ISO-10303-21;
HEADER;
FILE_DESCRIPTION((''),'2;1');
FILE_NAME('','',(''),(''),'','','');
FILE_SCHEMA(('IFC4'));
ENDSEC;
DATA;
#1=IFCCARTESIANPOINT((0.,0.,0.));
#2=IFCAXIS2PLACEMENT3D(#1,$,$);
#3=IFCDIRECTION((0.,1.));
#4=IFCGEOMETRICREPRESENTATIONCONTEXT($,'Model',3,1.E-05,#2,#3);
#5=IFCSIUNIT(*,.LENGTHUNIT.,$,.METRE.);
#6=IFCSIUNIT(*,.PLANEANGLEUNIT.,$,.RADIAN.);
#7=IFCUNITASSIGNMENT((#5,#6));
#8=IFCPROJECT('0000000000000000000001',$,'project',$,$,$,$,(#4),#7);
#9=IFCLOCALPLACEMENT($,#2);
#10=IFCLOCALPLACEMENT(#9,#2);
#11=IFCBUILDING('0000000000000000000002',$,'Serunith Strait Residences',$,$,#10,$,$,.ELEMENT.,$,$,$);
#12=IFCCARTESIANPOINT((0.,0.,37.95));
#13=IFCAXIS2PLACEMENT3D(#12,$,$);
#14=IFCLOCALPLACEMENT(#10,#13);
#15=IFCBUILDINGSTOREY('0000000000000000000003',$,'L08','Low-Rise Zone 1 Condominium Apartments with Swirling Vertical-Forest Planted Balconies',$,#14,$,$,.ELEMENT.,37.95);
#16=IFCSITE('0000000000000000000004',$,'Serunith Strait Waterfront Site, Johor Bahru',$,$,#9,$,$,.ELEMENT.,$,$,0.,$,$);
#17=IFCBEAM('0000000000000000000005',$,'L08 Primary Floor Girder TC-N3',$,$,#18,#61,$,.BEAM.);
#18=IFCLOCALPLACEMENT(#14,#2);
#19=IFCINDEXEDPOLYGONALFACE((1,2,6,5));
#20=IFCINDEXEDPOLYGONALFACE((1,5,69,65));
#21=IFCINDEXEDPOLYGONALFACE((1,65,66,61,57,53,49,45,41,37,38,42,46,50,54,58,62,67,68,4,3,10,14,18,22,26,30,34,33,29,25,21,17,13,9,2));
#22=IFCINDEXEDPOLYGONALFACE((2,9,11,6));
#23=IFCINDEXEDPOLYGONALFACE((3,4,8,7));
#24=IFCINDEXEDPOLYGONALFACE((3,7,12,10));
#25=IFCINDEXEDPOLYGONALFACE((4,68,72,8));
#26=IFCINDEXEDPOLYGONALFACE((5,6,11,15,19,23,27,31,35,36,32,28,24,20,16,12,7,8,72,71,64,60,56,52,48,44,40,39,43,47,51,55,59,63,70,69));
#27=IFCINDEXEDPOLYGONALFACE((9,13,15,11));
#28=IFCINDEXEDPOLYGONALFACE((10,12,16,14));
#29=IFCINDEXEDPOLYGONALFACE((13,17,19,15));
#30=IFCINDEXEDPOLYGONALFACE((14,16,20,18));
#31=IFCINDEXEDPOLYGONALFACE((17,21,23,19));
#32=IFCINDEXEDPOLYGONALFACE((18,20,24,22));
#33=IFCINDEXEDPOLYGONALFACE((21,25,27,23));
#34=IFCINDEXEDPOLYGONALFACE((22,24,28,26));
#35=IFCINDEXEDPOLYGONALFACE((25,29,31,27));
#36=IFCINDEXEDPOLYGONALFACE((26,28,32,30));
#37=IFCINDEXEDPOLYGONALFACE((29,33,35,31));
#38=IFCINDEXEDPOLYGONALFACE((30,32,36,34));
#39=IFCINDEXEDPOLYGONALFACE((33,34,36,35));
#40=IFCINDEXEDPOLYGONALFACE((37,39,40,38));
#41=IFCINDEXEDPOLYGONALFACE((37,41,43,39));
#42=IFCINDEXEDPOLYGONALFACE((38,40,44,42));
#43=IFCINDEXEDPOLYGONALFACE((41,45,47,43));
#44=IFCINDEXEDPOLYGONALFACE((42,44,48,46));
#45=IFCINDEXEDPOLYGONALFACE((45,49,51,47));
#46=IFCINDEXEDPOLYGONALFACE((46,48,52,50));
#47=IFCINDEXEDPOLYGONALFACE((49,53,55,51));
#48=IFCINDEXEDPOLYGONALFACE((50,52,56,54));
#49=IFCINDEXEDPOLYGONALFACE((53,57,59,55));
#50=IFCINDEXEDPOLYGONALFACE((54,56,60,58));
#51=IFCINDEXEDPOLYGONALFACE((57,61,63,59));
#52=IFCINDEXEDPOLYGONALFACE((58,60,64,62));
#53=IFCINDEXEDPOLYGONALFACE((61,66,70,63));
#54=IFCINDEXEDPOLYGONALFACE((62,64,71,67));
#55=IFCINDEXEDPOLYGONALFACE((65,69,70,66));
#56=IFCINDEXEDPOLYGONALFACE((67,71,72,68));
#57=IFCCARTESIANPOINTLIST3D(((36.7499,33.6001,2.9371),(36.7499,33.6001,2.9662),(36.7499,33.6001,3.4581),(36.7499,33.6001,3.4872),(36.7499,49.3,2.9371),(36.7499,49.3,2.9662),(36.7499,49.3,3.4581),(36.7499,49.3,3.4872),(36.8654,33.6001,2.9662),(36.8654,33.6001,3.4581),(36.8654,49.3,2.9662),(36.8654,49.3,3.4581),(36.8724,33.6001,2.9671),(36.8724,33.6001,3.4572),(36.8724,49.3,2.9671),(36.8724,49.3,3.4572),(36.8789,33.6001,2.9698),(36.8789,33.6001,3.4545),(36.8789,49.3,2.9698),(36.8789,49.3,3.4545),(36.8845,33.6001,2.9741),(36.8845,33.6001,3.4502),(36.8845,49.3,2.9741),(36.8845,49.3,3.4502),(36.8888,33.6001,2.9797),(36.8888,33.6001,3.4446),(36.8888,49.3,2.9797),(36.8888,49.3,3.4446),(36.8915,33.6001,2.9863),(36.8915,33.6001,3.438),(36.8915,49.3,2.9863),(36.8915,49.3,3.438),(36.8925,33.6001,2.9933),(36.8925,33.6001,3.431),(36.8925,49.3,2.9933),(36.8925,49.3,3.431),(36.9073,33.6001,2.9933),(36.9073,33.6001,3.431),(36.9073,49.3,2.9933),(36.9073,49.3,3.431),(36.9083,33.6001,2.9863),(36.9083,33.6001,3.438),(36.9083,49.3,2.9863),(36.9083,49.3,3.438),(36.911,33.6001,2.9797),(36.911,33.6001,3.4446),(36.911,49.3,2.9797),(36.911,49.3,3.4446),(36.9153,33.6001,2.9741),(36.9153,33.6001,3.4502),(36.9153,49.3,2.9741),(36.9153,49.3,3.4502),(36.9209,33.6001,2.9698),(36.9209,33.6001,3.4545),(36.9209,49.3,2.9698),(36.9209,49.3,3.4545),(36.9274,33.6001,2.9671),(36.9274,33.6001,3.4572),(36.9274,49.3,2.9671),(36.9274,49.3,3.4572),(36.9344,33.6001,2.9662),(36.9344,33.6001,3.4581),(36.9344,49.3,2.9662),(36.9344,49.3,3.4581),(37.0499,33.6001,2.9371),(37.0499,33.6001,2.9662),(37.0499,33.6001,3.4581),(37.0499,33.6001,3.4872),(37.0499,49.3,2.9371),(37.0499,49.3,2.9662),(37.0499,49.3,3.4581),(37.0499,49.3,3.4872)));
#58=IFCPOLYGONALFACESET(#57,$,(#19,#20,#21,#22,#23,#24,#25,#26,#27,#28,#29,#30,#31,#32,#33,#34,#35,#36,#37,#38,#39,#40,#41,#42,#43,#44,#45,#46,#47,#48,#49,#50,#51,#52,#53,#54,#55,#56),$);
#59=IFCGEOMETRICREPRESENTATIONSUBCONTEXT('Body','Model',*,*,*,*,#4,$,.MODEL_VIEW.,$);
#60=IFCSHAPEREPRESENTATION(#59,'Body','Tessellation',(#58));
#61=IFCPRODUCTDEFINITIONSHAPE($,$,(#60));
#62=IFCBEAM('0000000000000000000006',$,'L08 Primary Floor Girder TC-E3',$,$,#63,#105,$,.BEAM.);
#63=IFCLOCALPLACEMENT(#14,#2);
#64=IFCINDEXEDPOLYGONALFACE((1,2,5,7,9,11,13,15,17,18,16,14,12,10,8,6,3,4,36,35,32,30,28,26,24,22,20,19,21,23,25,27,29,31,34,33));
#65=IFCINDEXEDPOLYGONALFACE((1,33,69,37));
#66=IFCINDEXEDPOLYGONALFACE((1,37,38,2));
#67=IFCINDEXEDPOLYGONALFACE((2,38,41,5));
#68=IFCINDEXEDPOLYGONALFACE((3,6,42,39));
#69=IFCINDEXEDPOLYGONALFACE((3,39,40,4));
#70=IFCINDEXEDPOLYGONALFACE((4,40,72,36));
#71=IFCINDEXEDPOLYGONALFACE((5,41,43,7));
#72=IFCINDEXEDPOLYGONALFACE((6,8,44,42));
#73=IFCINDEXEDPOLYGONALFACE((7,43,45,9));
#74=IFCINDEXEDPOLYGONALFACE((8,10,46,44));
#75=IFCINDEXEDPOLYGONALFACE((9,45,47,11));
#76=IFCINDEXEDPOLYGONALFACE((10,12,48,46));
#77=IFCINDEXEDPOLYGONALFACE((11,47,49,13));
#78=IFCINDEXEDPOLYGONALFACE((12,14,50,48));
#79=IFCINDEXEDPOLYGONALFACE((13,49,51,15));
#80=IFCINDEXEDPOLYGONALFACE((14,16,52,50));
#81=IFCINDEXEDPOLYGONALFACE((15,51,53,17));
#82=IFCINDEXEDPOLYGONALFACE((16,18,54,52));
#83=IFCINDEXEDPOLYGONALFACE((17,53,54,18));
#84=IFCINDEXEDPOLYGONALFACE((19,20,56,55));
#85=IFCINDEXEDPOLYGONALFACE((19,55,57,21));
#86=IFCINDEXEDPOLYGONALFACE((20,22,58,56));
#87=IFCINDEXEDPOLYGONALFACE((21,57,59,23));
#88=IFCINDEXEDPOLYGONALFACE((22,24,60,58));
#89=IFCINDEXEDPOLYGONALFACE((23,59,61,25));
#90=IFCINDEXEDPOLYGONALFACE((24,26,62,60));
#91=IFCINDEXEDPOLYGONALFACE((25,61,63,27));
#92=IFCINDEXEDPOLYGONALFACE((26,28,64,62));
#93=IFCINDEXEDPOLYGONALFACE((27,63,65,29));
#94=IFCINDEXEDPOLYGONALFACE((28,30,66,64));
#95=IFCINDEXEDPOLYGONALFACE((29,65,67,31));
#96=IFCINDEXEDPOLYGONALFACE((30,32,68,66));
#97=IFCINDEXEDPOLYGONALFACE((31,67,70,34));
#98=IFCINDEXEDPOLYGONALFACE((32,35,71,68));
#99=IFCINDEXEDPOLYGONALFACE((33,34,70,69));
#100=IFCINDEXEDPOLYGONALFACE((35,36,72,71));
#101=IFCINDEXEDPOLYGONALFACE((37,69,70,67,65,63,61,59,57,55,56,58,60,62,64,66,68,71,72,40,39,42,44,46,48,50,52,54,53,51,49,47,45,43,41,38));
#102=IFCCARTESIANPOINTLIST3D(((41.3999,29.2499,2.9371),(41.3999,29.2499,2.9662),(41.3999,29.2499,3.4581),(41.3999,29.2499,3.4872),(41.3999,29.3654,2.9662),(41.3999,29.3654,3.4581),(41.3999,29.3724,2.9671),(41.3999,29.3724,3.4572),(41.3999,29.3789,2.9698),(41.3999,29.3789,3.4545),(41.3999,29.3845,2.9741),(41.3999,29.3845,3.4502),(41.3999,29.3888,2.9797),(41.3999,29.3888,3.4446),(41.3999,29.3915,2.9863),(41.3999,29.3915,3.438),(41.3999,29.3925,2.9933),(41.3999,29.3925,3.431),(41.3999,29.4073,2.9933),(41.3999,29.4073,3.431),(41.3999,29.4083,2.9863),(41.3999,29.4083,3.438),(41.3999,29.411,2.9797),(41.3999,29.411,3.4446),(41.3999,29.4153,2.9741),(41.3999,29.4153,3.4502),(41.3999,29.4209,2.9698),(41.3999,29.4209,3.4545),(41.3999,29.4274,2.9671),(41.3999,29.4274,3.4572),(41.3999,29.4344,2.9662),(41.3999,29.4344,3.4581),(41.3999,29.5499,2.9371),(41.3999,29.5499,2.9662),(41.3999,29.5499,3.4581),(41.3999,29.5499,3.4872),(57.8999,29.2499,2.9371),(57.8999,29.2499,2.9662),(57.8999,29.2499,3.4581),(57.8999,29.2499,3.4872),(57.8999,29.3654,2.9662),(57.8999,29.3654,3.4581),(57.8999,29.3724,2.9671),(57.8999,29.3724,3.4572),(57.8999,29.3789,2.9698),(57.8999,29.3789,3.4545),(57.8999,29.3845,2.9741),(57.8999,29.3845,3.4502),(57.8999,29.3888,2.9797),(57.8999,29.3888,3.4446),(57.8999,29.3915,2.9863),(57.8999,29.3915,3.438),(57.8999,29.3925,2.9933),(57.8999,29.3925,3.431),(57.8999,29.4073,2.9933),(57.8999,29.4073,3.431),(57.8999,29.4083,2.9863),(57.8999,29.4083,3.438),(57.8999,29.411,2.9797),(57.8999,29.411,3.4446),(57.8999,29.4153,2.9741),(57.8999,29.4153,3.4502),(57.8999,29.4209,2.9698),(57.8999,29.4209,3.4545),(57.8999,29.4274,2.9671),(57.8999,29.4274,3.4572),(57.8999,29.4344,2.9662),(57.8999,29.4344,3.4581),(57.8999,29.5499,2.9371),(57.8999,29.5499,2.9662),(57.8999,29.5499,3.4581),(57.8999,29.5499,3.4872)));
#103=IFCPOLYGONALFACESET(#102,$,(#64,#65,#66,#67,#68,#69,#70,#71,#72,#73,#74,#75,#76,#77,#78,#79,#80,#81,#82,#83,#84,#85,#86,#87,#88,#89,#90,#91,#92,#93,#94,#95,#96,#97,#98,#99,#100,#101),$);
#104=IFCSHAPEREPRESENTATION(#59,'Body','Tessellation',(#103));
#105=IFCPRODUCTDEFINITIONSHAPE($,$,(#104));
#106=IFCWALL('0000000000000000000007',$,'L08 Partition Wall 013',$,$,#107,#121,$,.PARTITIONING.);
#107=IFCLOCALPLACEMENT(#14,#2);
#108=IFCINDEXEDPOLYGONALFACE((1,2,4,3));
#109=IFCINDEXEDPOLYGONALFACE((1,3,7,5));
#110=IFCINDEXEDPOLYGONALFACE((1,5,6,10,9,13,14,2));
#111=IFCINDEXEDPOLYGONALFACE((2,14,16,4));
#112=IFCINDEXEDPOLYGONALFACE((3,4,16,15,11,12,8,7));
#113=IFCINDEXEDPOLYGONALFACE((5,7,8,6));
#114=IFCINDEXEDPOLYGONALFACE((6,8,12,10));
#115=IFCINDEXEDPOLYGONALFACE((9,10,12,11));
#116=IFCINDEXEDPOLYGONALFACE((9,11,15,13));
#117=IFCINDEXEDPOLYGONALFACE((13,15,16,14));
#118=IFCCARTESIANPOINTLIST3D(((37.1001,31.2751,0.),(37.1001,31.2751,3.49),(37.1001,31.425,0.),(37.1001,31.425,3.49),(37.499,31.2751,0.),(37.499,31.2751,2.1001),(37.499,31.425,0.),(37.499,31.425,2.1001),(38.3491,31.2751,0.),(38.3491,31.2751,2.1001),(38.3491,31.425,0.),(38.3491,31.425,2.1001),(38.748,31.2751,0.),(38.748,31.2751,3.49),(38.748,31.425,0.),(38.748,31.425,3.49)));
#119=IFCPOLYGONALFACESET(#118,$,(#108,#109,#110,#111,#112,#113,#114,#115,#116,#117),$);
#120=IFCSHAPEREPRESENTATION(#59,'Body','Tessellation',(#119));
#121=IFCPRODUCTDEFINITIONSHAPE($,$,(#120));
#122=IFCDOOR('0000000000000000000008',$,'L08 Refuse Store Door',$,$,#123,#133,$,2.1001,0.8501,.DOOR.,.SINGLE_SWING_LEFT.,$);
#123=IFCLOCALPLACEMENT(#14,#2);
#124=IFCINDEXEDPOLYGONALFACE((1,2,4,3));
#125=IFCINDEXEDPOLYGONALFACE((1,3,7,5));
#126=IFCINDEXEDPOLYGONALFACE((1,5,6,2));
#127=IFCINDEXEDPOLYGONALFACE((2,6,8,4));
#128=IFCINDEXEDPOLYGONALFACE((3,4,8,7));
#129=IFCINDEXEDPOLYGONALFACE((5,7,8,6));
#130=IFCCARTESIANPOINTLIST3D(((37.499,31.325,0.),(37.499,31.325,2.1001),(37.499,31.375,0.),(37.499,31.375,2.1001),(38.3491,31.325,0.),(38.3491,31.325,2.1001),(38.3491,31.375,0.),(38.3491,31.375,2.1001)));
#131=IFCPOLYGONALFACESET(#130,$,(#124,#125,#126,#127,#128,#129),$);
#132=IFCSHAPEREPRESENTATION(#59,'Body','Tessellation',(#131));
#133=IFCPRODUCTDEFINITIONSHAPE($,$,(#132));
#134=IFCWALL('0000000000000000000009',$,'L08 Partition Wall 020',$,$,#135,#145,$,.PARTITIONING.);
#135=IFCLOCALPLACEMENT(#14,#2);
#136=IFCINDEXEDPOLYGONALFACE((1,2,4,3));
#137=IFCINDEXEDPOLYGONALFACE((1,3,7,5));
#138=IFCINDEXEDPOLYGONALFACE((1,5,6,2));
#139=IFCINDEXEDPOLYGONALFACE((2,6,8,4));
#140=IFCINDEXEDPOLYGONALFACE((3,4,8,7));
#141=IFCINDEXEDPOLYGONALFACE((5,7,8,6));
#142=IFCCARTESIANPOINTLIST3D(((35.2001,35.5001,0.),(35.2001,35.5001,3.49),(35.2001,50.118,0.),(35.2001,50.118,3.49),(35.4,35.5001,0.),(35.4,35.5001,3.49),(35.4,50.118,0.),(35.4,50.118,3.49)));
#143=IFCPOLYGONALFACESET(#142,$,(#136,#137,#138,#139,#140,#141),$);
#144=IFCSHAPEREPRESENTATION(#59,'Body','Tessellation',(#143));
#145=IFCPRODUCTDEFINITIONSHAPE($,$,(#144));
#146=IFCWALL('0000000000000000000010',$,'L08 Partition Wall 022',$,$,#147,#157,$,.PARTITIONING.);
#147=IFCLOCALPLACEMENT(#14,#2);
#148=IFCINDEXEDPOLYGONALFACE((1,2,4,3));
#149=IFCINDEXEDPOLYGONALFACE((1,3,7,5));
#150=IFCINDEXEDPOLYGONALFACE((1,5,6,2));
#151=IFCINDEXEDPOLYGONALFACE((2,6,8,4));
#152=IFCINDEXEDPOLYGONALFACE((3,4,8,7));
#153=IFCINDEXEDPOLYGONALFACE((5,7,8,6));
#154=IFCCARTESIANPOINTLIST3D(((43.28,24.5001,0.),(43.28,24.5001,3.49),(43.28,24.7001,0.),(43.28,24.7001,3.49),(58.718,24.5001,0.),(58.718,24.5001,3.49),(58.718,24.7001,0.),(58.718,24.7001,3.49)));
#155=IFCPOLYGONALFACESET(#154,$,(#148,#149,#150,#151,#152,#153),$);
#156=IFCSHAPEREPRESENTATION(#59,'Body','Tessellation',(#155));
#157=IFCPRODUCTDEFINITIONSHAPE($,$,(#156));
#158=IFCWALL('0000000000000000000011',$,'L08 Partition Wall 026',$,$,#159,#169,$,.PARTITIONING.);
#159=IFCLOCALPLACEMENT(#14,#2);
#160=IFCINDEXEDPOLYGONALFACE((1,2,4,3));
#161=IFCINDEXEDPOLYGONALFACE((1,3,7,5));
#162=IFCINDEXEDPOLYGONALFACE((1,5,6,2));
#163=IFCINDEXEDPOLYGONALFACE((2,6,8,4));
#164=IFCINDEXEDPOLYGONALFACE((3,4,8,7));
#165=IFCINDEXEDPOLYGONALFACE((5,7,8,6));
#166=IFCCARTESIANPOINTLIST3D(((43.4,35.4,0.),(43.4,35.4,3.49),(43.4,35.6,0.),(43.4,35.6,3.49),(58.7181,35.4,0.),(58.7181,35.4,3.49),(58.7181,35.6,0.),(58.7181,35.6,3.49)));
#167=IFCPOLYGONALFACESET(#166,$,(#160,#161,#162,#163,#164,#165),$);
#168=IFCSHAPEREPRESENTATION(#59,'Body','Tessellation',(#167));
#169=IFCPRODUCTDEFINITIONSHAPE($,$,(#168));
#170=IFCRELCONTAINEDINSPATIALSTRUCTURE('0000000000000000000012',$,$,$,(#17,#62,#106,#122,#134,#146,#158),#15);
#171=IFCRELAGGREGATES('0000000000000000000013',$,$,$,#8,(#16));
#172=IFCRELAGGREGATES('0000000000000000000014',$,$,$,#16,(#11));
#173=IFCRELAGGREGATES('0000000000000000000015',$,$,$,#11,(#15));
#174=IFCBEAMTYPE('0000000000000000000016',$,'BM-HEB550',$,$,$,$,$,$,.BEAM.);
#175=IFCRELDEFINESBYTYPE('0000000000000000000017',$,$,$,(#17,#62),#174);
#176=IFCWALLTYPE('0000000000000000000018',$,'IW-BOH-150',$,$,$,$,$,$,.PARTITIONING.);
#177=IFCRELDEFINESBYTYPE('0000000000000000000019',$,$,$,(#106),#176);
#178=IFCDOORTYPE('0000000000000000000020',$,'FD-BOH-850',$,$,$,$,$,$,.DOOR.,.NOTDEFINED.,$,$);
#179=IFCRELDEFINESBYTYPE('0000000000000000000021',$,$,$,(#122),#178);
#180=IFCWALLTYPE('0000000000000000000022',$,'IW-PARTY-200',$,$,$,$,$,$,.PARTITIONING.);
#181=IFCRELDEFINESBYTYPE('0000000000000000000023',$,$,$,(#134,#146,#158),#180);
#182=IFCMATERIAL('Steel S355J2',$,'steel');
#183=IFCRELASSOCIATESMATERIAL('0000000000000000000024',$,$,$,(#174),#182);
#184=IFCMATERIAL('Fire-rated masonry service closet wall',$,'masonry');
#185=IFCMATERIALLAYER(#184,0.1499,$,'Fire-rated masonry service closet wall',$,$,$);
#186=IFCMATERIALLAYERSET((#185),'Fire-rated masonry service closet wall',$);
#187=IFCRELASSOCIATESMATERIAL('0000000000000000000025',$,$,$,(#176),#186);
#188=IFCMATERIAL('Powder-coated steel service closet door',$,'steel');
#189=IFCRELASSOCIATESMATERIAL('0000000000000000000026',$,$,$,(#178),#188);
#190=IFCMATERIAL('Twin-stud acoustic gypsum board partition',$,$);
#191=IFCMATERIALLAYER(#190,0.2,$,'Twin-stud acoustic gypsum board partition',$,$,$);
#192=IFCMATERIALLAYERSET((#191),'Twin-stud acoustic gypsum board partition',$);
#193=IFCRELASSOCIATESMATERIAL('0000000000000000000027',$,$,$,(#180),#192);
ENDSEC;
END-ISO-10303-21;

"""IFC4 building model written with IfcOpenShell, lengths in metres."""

from ifc_helpers import new_model, si_unit, direction, frame, frame_2d, origin, origin_2d, place, context, subcontext, project, spatial, rectangle, i_section, extrude, source, transform, mapped, material, layer, layer_set, material_profile, profile_set, type_object, element, fill, save


model = new_model("IFC4")

# Units and contexts
model_context = context("Model", 3, precision=1e-05, world=origin(), true_north=direction((0.0, 1.0)))
body_context = subcontext(model_context, "Body", "Model", "MODEL_VIEW")
ifc_project = project(units=[si_unit("LENGTHUNIT", "METRE"), si_unit("PLANEANGLEUNIT", "RADIAN")], contexts=[model_context])

# Site, building, storey
site_placement = place(None, origin())
site = spatial("IfcSite", under=ifc_project, at=site_placement, Name="Serunith Strait Waterfront Site, Johor Bahru", CompositionType="ELEMENT", RefElevation=0.0)
building_placement = place(site_placement, origin())
building = spatial("IfcBuilding", under=site, at=building_placement, Name="Serunith Strait Residences", CompositionType="ELEMENT")
storey_placement = place(building_placement, frame((0.0, 0.0, 37.95)))
storey = spatial("IfcBuildingStorey", under=building, at=storey_placement, Name="L08", Description="Low-Rise Zone 1 Condominium Apartments with Swirling Vertical-Forest Planted Balconies", CompositionType="ELEMENT", Elevation=37.95)

# Beams
ifc_material_1 = material(Name="Steel S355J2", Category="steel")
ifc_material_profile = material_profile(ifc_material_1, i_section(OverallWidth=0.3, OverallDepth=0.55, WebThickness=0.0149, FlangeThickness=0.0291, FilletRadius=0.0271, at=origin_2d()), Name="HEB 550")
ifc_profile_set = profile_set([ifc_material_profile], Name="Steel S355J2")
beam_type = type_object("IfcBeamType", Name="BM-HEB550", PredefinedType="BEAM", material=ifc_profile_set)
shared_shape_1 = source(origin(), body_context, "Body", "SweptSolid", [
    extrude(i_section(OverallWidth=0.3, OverallDepth=0.55, WebThickness=0.0149, FlangeThickness=0.0291, FilletRadius=0.0271, at=origin_2d()), origin(), (0.0, 0.0, 1.0), 15.7),
])
beam_1_placement = place(storey_placement, frame((36.8999, 33.6001, 3.2122), z_axis=(0.0, 1.0, 0.0), x_axis=(-1.0, 0.0, 0.0)))
element("IfcBeam", 1, at=beam_1_placement, inside=storey, type_object=beam_type, Name="L08 Primary Floor Girder TC-N3", PredefinedType="BEAM", context=body_context, shape_type="MappedRepresentation", body=[
    mapped(shared_shape_1, transform((0.0, 0.0, 0.0), scale=1.0)),
])
shared_shape_2 = source(origin(), body_context, "Body", "SweptSolid", [
    extrude(i_section(OverallWidth=0.3, OverallDepth=0.55, WebThickness=0.0149, FlangeThickness=0.0291, FilletRadius=0.0271, at=origin_2d()), origin(), (0.0, 0.0, 1.0), 16.5),
])
beam_2_placement = place(storey_placement, frame((41.3999, 29.3999, 3.2122), z_axis=(1.0, 0.0, 0.0), x_axis=(0.0, 1.0, 0.0)))
element("IfcBeam", 2, at=beam_2_placement, inside=storey, type_object=beam_type, Name="L08 Primary Floor Girder TC-E3", PredefinedType="BEAM", context=body_context, shape_type="MappedRepresentation", body=[
    mapped(shared_shape_2, transform((0.0, 0.0, 0.0), scale=1.0)),
])

# Wall, opening, door
ifc_material_2 = material(Name="Fire-rated masonry service closet wall", Category="masonry")
ifc_layer_1 = layer(ifc_material_2, 0.1499, Name="Fire-rated masonry service closet wall")
ifc_layer_set_1 = layer_set([ifc_layer_1], Name="Fire-rated masonry service closet wall")
wall_type_1 = type_object("IfcWallType", Name="IW-BOH-150", PredefinedType="PARTITIONING", material=ifc_layer_set_1)
wall_1_placement = place(storey_placement, frame((37.1001, 31.3501, 0.0), z_axis=(0.0, 0.0, 1.0), x_axis=(1.0, 0.0, 0.0)))
wall_1 = element("IfcWall", 3, at=wall_1_placement, inside=storey, type_object=wall_type_1, Name="L08 Partition Wall 013", PredefinedType="PARTITIONING", context=body_context, shape_type="SweptSolid", body=[
    extrude(rectangle(XDim=1.6479, YDim=0.1499, at=frame_2d((0.824, 0.0))), origin(), (0.0, 0.0, 1.0), 3.49),
])
opening_1_placement = place(wall_1_placement, frame((0.3989, 0.0, 0.0)))
opening_1 = element("IfcOpeningElement", 4, at=opening_1_placement, cuts=wall_1, PredefinedType="OPENING", context=body_context, shape_type="SweptSolid", body=[
    extrude(rectangle(XDim=0.8501, YDim=2.1001, at=frame_2d((0.425, 1.05))), frame((0.0, 0.085, 0.0), z_axis=(0.0, -1.0, 0.0), x_axis=(1.0, 0.0, 0.0)), (0.0, 0.0, 1.0), 0.1699),
])
ifc_material_3 = material(Name="Powder-coated steel service closet door", Category="steel")
door_type_1 = type_object("IfcDoorType", Name="FD-BOH-850", OperationType="NOTDEFINED", PredefinedType="DOOR", material=ifc_material_3)
shared_shape_3 = source(origin(), body_context, "Body", "SweptSolid", [
    extrude(rectangle(XDim=0.8501, YDim=2.1001, at=frame_2d((0.425, 1.05))), frame((0.0, 0.0249, 0.0), z_axis=(0.0, -1.0, 0.0), x_axis=(1.0, 0.0, 0.0)), (0.0, 0.0, 1.0), 0.05),
])
door_1_placement = place(opening_1_placement, origin())
door_1 = element("IfcDoor", 5, at=door_1_placement, inside=storey, type_object=door_type_1, Name="L08 Refuse Store Door", OperationType="SINGLE_SWING_LEFT", OverallHeight=2.1001, OverallWidth=0.8501, PredefinedType="DOOR", context=body_context, shape_type="MappedRepresentation", body=[
    mapped(shared_shape_3, transform((0.0, 0.0, 0.0), scale=1.0)),
])
fill(opening_1, door_1)

# Walls
ifc_material_4 = material(Name="Twin-stud acoustic gypsum board partition")
ifc_layer_2 = layer(ifc_material_4, 0.2, Name="Twin-stud acoustic gypsum board partition")
ifc_layer_set_2 = layer_set([ifc_layer_2], Name="Twin-stud acoustic gypsum board partition")
wall_type_2 = type_object("IfcWallType", Name="IW-PARTY-200", PredefinedType="PARTITIONING", material=ifc_layer_set_2)
wall_2_placement = place(storey_placement, frame((35.3, 35.5, 0.0), z_axis=(0.0, 0.0, 1.0), x_axis=(0.0, 1.0, 0.0)))
element("IfcWall", 6, at=wall_2_placement, inside=storey, type_object=wall_type_2, Name="L08 Partition Wall 020", PredefinedType="PARTITIONING", context=body_context, shape_type="SweptSolid", body=[
    extrude(rectangle(XDim=14.6179, YDim=0.2, at=frame_2d((7.3091, 0.0))), origin(), (0.0, 0.0, 1.0), 3.49),
])
wall_3_placement = place(storey_placement, frame((43.28, 24.6001, 0.0), z_axis=(0.0, 0.0, 1.0), x_axis=(1.0, 0.0, 0.0)))
element("IfcWall", 7, at=wall_3_placement, inside=storey, type_object=wall_type_2, Name="L08 Partition Wall 022", PredefinedType="PARTITIONING", context=body_context, shape_type="SweptSolid", body=[
    extrude(rectangle(XDim=15.438, YDim=0.2, at=frame_2d((7.719, 0.0))), origin(), (0.0, 0.0, 1.0), 3.49),
])
wall_4_placement = place(storey_placement, frame((43.3999, 35.5, 0.0), z_axis=(0.0, 0.0, 1.0), x_axis=(1.0, 0.0, 0.0)))
element("IfcWall", 8, at=wall_4_placement, inside=storey, type_object=wall_type_2, Name="L08 Partition Wall 026", PredefinedType="PARTITIONING", context=body_context, shape_type="SweptSolid", body=[
    extrude(rectangle(XDim=15.3181, YDim=0.2, at=frame_2d((7.6592, 0.0))), origin(), (0.0, 0.0, 1.0), 3.49),
])

save(model, "model.ifc")
